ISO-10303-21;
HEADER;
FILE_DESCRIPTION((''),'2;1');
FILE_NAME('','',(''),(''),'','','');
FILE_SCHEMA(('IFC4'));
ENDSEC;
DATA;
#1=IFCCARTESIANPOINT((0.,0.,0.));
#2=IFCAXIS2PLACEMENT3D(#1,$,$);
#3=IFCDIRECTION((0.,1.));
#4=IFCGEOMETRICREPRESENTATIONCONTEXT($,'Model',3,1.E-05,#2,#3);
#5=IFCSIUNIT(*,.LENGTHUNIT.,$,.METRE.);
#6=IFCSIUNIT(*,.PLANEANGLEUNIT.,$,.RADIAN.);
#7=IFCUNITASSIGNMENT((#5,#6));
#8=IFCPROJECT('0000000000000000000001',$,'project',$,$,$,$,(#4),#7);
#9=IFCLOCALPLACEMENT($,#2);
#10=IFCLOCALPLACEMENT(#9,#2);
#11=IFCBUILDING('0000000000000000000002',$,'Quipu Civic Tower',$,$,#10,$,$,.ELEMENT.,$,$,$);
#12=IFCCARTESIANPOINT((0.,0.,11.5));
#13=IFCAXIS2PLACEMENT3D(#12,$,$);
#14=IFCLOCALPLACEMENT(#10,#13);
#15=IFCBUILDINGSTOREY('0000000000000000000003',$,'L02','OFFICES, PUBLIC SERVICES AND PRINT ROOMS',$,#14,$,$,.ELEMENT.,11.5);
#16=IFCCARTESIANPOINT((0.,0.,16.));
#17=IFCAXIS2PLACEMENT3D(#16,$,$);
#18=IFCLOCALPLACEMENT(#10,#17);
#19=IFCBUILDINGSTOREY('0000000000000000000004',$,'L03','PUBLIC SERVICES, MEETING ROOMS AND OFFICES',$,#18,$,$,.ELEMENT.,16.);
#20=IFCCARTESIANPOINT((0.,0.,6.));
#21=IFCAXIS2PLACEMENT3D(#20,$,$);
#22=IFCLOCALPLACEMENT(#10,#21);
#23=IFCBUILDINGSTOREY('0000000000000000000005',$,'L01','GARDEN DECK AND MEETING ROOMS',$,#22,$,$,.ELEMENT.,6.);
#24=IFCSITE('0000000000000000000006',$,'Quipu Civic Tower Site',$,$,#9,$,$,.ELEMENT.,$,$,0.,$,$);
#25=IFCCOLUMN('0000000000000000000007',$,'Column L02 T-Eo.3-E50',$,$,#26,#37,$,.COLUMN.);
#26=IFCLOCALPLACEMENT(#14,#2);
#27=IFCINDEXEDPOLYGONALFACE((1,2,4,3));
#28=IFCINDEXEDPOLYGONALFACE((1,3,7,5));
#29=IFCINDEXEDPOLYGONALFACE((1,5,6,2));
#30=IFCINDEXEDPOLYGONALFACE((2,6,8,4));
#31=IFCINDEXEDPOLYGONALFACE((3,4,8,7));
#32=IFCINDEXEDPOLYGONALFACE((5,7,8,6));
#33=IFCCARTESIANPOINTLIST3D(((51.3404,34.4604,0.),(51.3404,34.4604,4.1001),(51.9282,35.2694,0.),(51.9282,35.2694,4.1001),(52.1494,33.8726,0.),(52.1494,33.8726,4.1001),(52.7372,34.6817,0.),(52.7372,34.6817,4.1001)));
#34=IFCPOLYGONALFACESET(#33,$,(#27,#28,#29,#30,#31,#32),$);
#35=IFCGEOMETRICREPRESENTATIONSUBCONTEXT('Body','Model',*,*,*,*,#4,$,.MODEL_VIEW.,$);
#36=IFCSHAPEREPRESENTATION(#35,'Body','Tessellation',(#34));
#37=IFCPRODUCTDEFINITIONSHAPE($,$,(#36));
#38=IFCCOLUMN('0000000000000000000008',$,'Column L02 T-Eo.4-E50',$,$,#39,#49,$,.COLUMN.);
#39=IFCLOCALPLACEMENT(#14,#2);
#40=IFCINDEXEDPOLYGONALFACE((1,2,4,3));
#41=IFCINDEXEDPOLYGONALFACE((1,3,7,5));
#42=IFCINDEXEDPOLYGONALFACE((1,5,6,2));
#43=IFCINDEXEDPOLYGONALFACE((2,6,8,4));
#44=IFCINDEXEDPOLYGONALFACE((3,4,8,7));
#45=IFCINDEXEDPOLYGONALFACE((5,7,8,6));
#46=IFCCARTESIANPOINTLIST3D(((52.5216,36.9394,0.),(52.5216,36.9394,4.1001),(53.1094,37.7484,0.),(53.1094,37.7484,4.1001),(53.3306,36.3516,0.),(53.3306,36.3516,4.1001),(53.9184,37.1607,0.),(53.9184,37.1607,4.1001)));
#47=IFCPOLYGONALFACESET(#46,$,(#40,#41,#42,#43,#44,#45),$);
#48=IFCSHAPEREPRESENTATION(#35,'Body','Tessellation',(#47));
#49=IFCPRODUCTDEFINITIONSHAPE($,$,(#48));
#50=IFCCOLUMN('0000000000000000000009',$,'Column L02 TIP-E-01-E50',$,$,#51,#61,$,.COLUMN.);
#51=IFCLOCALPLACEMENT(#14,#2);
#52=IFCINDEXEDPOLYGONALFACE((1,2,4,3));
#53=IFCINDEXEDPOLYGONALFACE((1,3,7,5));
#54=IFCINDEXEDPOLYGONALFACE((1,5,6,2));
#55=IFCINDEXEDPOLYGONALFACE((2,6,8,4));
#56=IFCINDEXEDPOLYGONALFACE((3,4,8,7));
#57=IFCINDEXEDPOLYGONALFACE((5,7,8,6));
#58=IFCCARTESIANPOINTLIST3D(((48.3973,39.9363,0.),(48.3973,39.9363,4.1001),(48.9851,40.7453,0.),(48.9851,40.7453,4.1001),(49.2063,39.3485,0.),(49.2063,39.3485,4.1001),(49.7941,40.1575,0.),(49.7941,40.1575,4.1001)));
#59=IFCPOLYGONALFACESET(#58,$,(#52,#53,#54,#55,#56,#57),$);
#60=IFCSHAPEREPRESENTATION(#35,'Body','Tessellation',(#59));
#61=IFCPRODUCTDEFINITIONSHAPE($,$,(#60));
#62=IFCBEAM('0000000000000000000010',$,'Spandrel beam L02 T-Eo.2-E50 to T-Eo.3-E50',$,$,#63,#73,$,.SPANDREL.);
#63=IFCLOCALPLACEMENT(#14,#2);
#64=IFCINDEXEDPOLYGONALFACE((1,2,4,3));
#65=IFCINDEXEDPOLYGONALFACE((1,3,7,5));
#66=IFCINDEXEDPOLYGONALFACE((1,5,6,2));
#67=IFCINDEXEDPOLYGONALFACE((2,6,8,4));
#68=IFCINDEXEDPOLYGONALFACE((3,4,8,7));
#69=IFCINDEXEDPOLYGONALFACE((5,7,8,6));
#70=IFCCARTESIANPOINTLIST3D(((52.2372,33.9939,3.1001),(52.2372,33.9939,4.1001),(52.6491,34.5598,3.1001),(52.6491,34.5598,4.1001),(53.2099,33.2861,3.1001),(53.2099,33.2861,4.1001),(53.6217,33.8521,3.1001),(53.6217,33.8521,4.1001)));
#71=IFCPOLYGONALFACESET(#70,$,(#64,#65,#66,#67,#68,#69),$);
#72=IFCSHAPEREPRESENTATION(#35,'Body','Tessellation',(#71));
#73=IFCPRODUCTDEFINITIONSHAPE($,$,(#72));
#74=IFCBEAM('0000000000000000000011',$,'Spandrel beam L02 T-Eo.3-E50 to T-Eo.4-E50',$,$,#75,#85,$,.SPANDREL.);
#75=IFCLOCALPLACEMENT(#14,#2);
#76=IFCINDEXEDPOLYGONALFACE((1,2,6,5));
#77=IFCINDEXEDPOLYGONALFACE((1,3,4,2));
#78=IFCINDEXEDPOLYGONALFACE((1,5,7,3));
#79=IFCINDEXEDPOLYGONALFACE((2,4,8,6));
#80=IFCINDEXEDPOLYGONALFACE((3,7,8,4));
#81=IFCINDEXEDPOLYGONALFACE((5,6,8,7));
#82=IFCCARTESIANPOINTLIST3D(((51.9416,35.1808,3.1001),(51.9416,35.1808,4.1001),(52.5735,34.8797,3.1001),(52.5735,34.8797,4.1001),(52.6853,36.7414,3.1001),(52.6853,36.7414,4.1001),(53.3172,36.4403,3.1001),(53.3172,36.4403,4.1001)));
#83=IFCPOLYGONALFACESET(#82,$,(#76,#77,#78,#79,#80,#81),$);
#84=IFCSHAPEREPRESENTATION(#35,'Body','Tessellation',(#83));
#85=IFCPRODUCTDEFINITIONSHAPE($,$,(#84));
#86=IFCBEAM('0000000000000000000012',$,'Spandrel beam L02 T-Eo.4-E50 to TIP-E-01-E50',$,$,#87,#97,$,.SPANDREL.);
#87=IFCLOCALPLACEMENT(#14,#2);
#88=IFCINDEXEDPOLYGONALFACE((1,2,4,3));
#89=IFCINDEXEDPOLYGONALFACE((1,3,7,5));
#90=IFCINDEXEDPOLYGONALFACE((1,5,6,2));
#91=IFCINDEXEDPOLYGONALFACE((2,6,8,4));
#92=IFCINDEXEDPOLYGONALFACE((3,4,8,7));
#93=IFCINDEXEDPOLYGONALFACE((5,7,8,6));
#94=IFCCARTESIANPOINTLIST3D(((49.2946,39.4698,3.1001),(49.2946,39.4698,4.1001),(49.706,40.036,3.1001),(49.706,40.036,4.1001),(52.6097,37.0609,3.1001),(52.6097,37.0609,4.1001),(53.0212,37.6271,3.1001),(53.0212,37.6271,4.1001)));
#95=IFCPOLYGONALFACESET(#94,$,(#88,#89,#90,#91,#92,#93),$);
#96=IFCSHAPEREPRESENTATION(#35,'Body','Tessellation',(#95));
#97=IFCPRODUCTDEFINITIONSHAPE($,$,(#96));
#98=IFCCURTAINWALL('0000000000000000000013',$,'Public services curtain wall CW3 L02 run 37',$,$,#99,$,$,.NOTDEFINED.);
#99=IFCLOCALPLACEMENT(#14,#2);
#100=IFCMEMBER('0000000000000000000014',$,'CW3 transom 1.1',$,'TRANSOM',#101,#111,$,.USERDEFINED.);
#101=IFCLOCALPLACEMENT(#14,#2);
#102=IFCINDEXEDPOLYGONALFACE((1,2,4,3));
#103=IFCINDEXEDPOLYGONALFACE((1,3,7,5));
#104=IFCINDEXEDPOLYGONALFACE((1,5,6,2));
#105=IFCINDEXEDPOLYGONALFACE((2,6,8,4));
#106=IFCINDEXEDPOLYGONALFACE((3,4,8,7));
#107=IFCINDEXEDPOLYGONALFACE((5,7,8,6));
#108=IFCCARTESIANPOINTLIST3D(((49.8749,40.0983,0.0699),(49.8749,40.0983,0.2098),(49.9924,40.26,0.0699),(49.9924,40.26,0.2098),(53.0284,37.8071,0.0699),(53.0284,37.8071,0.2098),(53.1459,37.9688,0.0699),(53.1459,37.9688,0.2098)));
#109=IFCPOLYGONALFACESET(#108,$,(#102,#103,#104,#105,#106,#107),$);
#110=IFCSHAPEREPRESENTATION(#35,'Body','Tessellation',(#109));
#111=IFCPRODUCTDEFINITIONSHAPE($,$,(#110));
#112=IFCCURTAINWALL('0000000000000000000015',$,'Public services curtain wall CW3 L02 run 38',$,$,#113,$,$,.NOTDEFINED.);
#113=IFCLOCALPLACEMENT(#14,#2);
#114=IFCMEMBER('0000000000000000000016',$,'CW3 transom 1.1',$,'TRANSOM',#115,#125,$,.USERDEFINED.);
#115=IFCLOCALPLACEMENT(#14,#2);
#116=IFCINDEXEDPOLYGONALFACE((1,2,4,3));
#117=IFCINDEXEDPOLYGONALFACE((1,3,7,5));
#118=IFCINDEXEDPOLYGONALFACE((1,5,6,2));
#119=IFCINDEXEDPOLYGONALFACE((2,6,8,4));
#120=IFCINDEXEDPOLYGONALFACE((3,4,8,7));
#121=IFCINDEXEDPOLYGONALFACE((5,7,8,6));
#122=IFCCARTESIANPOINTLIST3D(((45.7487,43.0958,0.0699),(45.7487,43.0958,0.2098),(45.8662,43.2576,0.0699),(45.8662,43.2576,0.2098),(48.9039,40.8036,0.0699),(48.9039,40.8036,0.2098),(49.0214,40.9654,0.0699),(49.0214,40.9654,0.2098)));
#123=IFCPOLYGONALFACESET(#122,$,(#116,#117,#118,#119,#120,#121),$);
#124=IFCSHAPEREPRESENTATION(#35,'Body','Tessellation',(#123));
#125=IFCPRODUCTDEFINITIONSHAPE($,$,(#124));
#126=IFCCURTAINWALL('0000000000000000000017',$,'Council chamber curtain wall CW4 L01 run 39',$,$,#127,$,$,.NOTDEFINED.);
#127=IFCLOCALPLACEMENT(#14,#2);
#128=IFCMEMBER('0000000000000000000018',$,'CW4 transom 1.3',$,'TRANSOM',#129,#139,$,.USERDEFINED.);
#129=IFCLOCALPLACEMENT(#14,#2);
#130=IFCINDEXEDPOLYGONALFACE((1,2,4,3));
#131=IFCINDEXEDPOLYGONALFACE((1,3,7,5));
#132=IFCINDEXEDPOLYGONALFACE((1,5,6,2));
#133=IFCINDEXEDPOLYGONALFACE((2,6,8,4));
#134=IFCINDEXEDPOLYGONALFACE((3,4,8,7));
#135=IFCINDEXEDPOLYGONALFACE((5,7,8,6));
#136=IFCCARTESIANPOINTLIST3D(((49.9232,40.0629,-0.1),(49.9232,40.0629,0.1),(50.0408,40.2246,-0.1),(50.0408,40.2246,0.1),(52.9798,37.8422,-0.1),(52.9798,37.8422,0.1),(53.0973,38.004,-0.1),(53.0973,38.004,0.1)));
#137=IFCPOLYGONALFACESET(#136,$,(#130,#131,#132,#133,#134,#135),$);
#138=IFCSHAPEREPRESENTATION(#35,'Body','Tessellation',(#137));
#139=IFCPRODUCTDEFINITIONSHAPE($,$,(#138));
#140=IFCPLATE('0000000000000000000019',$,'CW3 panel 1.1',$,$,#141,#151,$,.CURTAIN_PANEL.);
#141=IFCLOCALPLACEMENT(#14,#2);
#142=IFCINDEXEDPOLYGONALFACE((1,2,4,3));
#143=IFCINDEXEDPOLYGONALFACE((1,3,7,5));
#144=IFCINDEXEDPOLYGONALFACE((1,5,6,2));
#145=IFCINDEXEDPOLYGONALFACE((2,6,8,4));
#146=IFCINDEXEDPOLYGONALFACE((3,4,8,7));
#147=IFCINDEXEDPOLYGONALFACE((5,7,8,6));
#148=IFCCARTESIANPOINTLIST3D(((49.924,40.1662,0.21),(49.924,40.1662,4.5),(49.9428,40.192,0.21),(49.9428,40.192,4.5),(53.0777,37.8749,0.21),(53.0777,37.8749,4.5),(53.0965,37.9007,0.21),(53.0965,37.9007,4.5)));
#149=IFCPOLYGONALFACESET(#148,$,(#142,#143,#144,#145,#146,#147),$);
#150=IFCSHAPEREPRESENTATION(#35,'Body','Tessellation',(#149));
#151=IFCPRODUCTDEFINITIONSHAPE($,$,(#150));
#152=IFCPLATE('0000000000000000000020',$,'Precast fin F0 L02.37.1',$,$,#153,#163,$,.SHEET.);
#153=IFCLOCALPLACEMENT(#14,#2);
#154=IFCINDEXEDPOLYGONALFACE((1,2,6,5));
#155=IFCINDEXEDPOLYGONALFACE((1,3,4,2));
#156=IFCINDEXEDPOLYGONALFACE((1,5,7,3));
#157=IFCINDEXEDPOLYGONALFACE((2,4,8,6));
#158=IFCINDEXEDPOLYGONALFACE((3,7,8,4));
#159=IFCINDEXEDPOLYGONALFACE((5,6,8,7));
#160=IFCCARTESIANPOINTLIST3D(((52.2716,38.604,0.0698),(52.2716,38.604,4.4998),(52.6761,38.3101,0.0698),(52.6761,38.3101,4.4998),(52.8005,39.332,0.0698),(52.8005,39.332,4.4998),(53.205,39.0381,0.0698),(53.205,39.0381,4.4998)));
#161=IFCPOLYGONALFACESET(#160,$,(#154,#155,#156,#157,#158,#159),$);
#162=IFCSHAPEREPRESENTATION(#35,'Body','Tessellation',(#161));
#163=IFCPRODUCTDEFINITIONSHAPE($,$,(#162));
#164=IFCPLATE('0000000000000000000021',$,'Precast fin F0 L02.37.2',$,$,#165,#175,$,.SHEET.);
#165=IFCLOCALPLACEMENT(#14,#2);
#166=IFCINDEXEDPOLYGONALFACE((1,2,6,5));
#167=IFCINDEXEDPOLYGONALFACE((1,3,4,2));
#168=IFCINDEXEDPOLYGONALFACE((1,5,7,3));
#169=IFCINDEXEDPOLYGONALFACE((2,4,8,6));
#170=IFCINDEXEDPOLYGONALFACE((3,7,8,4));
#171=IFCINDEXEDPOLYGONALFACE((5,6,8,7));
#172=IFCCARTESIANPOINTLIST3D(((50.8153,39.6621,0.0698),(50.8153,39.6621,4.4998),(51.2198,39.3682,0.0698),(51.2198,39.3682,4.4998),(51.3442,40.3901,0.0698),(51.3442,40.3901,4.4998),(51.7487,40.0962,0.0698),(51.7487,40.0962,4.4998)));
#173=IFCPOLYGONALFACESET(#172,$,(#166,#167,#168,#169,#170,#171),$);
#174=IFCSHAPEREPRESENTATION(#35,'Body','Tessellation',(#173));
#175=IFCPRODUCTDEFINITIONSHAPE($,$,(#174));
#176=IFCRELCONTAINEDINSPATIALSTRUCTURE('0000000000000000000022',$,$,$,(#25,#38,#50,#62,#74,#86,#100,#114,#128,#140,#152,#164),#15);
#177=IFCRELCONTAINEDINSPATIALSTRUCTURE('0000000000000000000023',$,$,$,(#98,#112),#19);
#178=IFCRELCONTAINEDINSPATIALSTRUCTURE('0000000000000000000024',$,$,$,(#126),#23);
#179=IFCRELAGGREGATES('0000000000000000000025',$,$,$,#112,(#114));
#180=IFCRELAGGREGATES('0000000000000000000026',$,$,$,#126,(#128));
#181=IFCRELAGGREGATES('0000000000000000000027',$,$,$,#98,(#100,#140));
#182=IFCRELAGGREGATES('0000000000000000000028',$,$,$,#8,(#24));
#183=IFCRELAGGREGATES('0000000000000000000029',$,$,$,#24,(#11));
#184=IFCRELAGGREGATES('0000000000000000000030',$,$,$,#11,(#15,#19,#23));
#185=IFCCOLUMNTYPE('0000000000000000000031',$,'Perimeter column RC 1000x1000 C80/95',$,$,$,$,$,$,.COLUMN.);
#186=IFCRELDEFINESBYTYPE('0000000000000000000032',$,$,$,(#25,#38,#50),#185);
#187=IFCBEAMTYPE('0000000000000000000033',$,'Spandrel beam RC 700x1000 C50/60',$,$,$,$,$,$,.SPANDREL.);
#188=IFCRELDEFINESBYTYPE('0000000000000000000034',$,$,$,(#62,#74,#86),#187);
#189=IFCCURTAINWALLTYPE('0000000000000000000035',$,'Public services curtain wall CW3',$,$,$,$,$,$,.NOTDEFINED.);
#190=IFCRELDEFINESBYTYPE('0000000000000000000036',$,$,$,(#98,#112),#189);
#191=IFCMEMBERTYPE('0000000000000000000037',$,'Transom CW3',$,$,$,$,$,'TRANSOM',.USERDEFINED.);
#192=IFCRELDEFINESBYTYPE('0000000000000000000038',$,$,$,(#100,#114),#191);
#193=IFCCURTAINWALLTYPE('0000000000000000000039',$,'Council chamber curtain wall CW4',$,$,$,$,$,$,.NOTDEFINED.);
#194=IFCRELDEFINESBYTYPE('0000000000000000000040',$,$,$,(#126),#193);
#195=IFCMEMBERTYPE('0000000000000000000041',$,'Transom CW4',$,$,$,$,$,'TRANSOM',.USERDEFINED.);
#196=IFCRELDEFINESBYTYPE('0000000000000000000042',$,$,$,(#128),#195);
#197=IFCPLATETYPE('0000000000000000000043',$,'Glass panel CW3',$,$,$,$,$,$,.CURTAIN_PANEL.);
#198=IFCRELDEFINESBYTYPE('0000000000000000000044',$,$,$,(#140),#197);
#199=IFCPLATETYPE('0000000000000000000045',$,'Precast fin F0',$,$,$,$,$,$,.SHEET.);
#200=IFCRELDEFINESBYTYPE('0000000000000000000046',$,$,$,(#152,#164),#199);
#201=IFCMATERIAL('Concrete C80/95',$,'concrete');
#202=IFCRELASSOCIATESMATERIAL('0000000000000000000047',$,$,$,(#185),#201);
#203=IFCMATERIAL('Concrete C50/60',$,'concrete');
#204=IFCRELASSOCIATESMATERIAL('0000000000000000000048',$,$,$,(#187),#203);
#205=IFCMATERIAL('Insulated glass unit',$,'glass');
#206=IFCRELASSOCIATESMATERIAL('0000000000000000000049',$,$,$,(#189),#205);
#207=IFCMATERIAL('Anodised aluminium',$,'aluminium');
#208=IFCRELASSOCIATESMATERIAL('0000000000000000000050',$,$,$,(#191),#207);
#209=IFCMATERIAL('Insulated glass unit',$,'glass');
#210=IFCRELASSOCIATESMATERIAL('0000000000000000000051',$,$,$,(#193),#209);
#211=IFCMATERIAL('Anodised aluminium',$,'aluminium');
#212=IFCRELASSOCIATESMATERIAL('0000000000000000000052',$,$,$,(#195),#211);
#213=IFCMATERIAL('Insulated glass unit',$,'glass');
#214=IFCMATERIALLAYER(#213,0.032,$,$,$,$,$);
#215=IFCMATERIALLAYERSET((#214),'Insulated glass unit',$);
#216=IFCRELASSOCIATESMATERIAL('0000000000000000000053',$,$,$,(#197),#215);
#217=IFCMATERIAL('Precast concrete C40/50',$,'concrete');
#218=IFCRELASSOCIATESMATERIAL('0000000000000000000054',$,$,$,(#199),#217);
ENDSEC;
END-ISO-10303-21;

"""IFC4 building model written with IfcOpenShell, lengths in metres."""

from ifc_helpers import new_model, si_unit, direction, frame, origin, origin_2d, place, context, subcontext, project, spatial, rectangle, extrude, material, layer, layer_set, material_profile, profile_set, type_object, element, aggregate, save


model = new_model("IFC4")

# Units and contexts
model_context = context("Model", 3, precision=1e-05, world=origin(), true_north=direction((0.0, 1.0)))
body_context = subcontext(model_context, "Body", "Model", "MODEL_VIEW")
ifc_project = project(units=[si_unit("LENGTHUNIT", "METRE"), si_unit("PLANEANGLEUNIT", "RADIAN")], contexts=[model_context])

# Site, building, storey
site_placement = place(None, origin())
site = spatial("IfcSite", under=ifc_project, at=site_placement, Name="Quipu Civic Tower Site", CompositionType="ELEMENT", RefElevation=0.0)
building_placement = place(site_placement, origin())
building = spatial("IfcBuilding", under=site, at=building_placement, Name="Quipu Civic Tower", CompositionType="ELEMENT")
storey_1_placement = place(building_placement, frame((0.0, 0.0, 11.5)))
storey_1 = spatial("IfcBuildingStorey", under=building, at=storey_1_placement, Name="L02", Description="OFFICES, PUBLIC SERVICES AND PRINT ROOMS", CompositionType="ELEMENT", Elevation=11.5)

# Columns
ifc_material_1 = material(Name="Concrete C80/95", Category="concrete")
ifc_material_profile_1 = material_profile(ifc_material_1, rectangle(XDim=1.0, YDim=1.0, at=origin_2d()), Name="RC1000x1000")
ifc_profile_set_1 = profile_set([ifc_material_profile_1], Name="Concrete C80/95")
column_type = type_object("IfcColumnType", Name="Perimeter column RC 1000x1000 C80/95", PredefinedType="COLUMN", material=ifc_profile_set_1)
for number, where, z_axis, x_axis, name in (
    (1, (52.0388, 34.571, 0.0), (0.0, 0.0, 1.0), (0.587785, 0.809017, 0.0), "Column L02 T-Eo.3-E50"),
    (2, (53.22, 37.05, 0.0), (0.0, 0.0, 1.0), (-0.809017, 0.587785, 0.0), "Column L02 T-Eo.4-E50"),
    (3, (49.0957, 40.0469, 0.0), (0.0, 0.0, 1.0), (-0.809017, 0.587785, 0.0), "Column L02 TIP-E-01-E50"),
):
    element("IfcColumn", number, at=place(storey_1_placement, frame(where, z_axis=z_axis, x_axis=x_axis)), inside=storey_1, type_object=column_type, Name=name, PredefinedType="COLUMN", context=body_context, shape_type="SweptSolid", body=[
        extrude(rectangle(XDim=1.0, YDim=1.0, at=origin_2d()), origin(), (0.0, 0.0, 1.0), 4.1001),
    ])

# Beams
ifc_material_2 = material(Name="Concrete C50/60", Category="concrete")
ifc_material_profile_2 = material_profile(ifc_material_2, rectangle(XDim=0.7, YDim=1.0, at=origin_2d()), Name="RC700x1000")
ifc_profile_set_2 = profile_set([ifc_material_profile_2], Name="Concrete C50/60")
beam_type = type_object("IfcBeamType", Name="Spandrel beam RC 700x1000 C50/60", PredefinedType="SPANDREL", material=ifc_profile_set_2)
beam_1_placement = place(storey_1_placement, frame((53.4158, 33.5691, 3.6001), z_axis=(-0.808587, 0.588377, 0.0), x_axis=(-0.588377, -0.808587, 0.0)))
element("IfcBeam", 4, at=beam_1_placement, inside=storey_1, type_object=beam_type, Name="Spandrel beam L02 T-Eo.2-E50 to T-Eo.3-E50", PredefinedType="SPANDREL", context=body_context, shape_type="SweptSolid", body=[
    extrude(rectangle(XDim=0.7, YDim=1.0, at=origin_2d()), origin(), (0.0, 0.0, 1.0), 1.2029),
])
beam_2_placement = place(storey_1_placement, frame((52.2576, 35.0303, 3.6001), z_axis=(0.430186, 0.90274, 0.0), x_axis=(-0.90274, 0.430186, 0.0)))
element("IfcBeam", 5, at=beam_2_placement, inside=storey_1, type_object=beam_type, Name="Spandrel beam L02 T-Eo.3-E50 to T-Eo.4-E50", PredefinedType="SPANDREL", context=body_context, shape_type="SweptSolid", body=[
    extrude(rectangle(XDim=0.7, YDim=1.0, at=origin_2d()), origin(), (0.0, 0.0, 1.0), 1.7288),
])
beam_3_placement = place(storey_1_placement, frame((52.8154, 37.344, 3.6001), z_axis=(-0.808981, 0.587835, 0.0), x_axis=(-0.587835, -0.808981, 0.0)))
element("IfcBeam", 6, at=beam_3_placement, inside=storey_1, type_object=beam_type, Name="Spandrel beam L02 T-Eo.4-E50 to TIP-E-01-E50", PredefinedType="SPANDREL", context=body_context, shape_type="SweptSolid", body=[
    extrude(rectangle(XDim=0.7, YDim=1.0, at=origin_2d()), origin(), (0.0, 0.0, 1.0), 4.0979),
])

# Shared definitions
storey_2_placement = place(building_placement, frame((0.0, 0.0, 16.0)))
storey_2 = spatial("IfcBuildingStorey", under=building, at=storey_2_placement, Name="L03", Description="PUBLIC SERVICES, MEETING ROOMS AND OFFICES", CompositionType="ELEMENT", Elevation=16.0)

# Curtain walls, members
ifc_material_3 = material(Name="Insulated glass unit", Category="glass")
curtain_wall_type_1 = type_object("IfcCurtainWallType", Name="Public services curtain wall CW3", PredefinedType="NOTDEFINED", material=ifc_material_3)
curtain_wall_1_placement = place(storey_2_placement, origin())
curtain_wall_1 = element("IfcCurtainWall", 7, at=curtain_wall_1_placement, inside=storey_2, type_object=curtain_wall_type_1, Name="Public services curtain wall CW3 L02 run 37", PredefinedType="NOTDEFINED")
ifc_material_4 = material(Name="Anodised aluminium", Category="aluminium")
ifc_material_profile_3 = material_profile(ifc_material_4, rectangle(XDim=0.2, YDim=0.1399, at=origin_2d()), Name="RECT 200x140")
ifc_profile_set_3 = profile_set([ifc_material_profile_3], Name="Anodised aluminium")
member_type_1 = type_object("IfcMemberType", Name="Transom CW3", ElementType="TRANSOM", PredefinedType="USERDEFINED", material=ifc_profile_set_3)
member_1_placement = place(storey_1_placement, frame((53.0872, 37.8879, 0.1399), z_axis=(-0.80901, 0.587796, 0.0), x_axis=(-0.587796, -0.80901, 0.0)))
member_1 = element("IfcMember", 8, at=member_1_placement, inside=storey_1, type_object=member_type_1, Name="CW3 transom 1.1", ObjectType="TRANSOM", PredefinedType="USERDEFINED", context=body_context, shape_type="SweptSolid", body=[
    extrude(rectangle(XDim=0.2, YDim=0.1399, at=origin_2d()), origin(), (0.0, 0.0, 1.0), 3.8979),
])
curtain_wall_2_placement = place(storey_2_placement, origin())
curtain_wall_2 = element("IfcCurtainWall", 9, at=curtain_wall_2_placement, inside=storey_2, type_object=curtain_wall_type_1, Name="Public services curtain wall CW3 L02 run 38", PredefinedType="NOTDEFINED")
member_2_placement = place(storey_1_placement, frame((48.9626, 40.8845, 0.1399), z_axis=(-0.809042, 0.587751, 0.0), x_axis=(-0.587751, -0.809042, 0.0)))
member_2 = element("IfcMember", 10, at=member_2_placement, inside=storey_1, type_object=member_type_1, Name="CW3 transom 1.1", ObjectType="TRANSOM", PredefinedType="USERDEFINED", context=body_context, shape_type="SweptSolid", body=[
    extrude(rectangle(XDim=0.2, YDim=0.1399, at=origin_2d()), origin(), (0.0, 0.0, 1.0), 3.8999),
])
aggregate(curtain_wall_2, [member_2])

# Shared definitions
storey_3_placement = place(building_placement, frame((0.0, 0.0, 6.0)))
storey_3 = spatial("IfcBuildingStorey", under=building, at=storey_3_placement, Name="L01", Description="GARDEN DECK AND MEETING ROOMS", CompositionType="ELEMENT", Elevation=6.0)

# Curtain wall, member
ifc_material_5 = material(Name="Insulated glass unit", Category="glass")
curtain_wall_type_2 = type_object("IfcCurtainWallType", Name="Council chamber curtain wall CW4", PredefinedType="NOTDEFINED", material=ifc_material_5)
curtain_wall_3_placement = place(storey_3_placement, origin())
curtain_wall_3 = element("IfcCurtainWall", 11, at=curtain_wall_3_placement, inside=storey_3, type_object=curtain_wall_type_2, Name="Council chamber curtain wall CW4 L01 run 39", PredefinedType="NOTDEFINED")
ifc_material_6 = material(Name="Anodised aluminium", Category="aluminium")
ifc_material_profile_4 = material_profile(ifc_material_6, rectangle(XDim=0.2, YDim=0.2, at=origin_2d()), Name="RECT 200x200")
ifc_profile_set_4 = profile_set([ifc_material_profile_4], Name="Anodised aluminium")
member_type_2 = type_object("IfcMemberType", Name="Transom CW4", ElementType="TRANSOM", PredefinedType="USERDEFINED", material=ifc_profile_set_4)
member_3_placement = place(storey_1_placement, frame((53.0386, 37.9231, 0.0), z_axis=(-0.809027, 0.587772, 0.0), x_axis=(-0.587772, -0.809027, 0.0)))
member_3 = element("IfcMember", 12, at=member_3_placement, inside=storey_1, type_object=member_type_2, Name="CW4 transom 1.3", ObjectType="TRANSOM", PredefinedType="USERDEFINED", context=body_context, shape_type="SweptSolid", body=[
    extrude(rectangle(XDim=0.2, YDim=0.2, at=origin_2d()), origin(), (0.0, 0.0, 1.0), 3.7781),
])
aggregate(curtain_wall_3, [member_3])

# Plate
ifc_material_7 = material(Name="Insulated glass unit", Category="glass")
ifc_layer_1 = layer(ifc_material_7, 0.032)
ifc_layer_set_1 = layer_set([ifc_layer_1], Name="Insulated glass unit")
plate_type_1 = type_object("IfcPlateType", Name="Glass panel CW3", PredefinedType="CURTAIN_PANEL", material=ifc_layer_set_1)
plate_placement = place(storey_1_placement, frame((51.5103, 39.0334, 0.21), z_axis=(0.0, 0.0, 1.0), x_axis=(-0.809015, 0.587789, 0.0)))
plate = element("IfcPlate", 13, at=plate_placement, inside=storey_1, type_object=plate_type_1, Name="CW3 panel 1.1", PredefinedType="CURTAIN_PANEL", context=body_context, shape_type="SweptSolid", body=[
    extrude(rectangle(XDim=3.8982, YDim=0.032, at=origin_2d()), origin(), (0.0, 0.0, 1.0), 4.29),
])
aggregate(curtain_wall_1, [member_1, plate])

# Plates
ifc_material_8 = material(Name="Precast concrete C40/50", Category="concrete")
plate_type_2 = type_object("IfcPlateType", Name="Precast fin F0", PredefinedType="SHEET", material=ifc_material_8)
for number, where, z_axis, x_axis, name in (
    (14, (52.7383, 38.821, 0.0698), (0.0, 0.0, 1.0), (-0.809021, 0.587779, 0.0), "Precast fin F0 L02.37.1"),
    (15, (51.282, 39.8792, 0.0698), (0.0, 0.0, 1.0), (-0.809021, 0.587779, 0.0), "Precast fin F0 L02.37.2"),
):
    element("IfcPlate", number, at=place(storey_1_placement, frame(where, z_axis=z_axis, x_axis=x_axis)), inside=storey_1, type_object=plate_type_2, Name=name, PredefinedType="SHEET", context=body_context, shape_type="SweptSolid", body=[
        extrude(rectangle(XDim=0.5, YDim=0.8999, at=origin_2d()), origin(), (0.0, 0.0, 1.0), 4.4299),
    ])

save(model, "model.ifc")
